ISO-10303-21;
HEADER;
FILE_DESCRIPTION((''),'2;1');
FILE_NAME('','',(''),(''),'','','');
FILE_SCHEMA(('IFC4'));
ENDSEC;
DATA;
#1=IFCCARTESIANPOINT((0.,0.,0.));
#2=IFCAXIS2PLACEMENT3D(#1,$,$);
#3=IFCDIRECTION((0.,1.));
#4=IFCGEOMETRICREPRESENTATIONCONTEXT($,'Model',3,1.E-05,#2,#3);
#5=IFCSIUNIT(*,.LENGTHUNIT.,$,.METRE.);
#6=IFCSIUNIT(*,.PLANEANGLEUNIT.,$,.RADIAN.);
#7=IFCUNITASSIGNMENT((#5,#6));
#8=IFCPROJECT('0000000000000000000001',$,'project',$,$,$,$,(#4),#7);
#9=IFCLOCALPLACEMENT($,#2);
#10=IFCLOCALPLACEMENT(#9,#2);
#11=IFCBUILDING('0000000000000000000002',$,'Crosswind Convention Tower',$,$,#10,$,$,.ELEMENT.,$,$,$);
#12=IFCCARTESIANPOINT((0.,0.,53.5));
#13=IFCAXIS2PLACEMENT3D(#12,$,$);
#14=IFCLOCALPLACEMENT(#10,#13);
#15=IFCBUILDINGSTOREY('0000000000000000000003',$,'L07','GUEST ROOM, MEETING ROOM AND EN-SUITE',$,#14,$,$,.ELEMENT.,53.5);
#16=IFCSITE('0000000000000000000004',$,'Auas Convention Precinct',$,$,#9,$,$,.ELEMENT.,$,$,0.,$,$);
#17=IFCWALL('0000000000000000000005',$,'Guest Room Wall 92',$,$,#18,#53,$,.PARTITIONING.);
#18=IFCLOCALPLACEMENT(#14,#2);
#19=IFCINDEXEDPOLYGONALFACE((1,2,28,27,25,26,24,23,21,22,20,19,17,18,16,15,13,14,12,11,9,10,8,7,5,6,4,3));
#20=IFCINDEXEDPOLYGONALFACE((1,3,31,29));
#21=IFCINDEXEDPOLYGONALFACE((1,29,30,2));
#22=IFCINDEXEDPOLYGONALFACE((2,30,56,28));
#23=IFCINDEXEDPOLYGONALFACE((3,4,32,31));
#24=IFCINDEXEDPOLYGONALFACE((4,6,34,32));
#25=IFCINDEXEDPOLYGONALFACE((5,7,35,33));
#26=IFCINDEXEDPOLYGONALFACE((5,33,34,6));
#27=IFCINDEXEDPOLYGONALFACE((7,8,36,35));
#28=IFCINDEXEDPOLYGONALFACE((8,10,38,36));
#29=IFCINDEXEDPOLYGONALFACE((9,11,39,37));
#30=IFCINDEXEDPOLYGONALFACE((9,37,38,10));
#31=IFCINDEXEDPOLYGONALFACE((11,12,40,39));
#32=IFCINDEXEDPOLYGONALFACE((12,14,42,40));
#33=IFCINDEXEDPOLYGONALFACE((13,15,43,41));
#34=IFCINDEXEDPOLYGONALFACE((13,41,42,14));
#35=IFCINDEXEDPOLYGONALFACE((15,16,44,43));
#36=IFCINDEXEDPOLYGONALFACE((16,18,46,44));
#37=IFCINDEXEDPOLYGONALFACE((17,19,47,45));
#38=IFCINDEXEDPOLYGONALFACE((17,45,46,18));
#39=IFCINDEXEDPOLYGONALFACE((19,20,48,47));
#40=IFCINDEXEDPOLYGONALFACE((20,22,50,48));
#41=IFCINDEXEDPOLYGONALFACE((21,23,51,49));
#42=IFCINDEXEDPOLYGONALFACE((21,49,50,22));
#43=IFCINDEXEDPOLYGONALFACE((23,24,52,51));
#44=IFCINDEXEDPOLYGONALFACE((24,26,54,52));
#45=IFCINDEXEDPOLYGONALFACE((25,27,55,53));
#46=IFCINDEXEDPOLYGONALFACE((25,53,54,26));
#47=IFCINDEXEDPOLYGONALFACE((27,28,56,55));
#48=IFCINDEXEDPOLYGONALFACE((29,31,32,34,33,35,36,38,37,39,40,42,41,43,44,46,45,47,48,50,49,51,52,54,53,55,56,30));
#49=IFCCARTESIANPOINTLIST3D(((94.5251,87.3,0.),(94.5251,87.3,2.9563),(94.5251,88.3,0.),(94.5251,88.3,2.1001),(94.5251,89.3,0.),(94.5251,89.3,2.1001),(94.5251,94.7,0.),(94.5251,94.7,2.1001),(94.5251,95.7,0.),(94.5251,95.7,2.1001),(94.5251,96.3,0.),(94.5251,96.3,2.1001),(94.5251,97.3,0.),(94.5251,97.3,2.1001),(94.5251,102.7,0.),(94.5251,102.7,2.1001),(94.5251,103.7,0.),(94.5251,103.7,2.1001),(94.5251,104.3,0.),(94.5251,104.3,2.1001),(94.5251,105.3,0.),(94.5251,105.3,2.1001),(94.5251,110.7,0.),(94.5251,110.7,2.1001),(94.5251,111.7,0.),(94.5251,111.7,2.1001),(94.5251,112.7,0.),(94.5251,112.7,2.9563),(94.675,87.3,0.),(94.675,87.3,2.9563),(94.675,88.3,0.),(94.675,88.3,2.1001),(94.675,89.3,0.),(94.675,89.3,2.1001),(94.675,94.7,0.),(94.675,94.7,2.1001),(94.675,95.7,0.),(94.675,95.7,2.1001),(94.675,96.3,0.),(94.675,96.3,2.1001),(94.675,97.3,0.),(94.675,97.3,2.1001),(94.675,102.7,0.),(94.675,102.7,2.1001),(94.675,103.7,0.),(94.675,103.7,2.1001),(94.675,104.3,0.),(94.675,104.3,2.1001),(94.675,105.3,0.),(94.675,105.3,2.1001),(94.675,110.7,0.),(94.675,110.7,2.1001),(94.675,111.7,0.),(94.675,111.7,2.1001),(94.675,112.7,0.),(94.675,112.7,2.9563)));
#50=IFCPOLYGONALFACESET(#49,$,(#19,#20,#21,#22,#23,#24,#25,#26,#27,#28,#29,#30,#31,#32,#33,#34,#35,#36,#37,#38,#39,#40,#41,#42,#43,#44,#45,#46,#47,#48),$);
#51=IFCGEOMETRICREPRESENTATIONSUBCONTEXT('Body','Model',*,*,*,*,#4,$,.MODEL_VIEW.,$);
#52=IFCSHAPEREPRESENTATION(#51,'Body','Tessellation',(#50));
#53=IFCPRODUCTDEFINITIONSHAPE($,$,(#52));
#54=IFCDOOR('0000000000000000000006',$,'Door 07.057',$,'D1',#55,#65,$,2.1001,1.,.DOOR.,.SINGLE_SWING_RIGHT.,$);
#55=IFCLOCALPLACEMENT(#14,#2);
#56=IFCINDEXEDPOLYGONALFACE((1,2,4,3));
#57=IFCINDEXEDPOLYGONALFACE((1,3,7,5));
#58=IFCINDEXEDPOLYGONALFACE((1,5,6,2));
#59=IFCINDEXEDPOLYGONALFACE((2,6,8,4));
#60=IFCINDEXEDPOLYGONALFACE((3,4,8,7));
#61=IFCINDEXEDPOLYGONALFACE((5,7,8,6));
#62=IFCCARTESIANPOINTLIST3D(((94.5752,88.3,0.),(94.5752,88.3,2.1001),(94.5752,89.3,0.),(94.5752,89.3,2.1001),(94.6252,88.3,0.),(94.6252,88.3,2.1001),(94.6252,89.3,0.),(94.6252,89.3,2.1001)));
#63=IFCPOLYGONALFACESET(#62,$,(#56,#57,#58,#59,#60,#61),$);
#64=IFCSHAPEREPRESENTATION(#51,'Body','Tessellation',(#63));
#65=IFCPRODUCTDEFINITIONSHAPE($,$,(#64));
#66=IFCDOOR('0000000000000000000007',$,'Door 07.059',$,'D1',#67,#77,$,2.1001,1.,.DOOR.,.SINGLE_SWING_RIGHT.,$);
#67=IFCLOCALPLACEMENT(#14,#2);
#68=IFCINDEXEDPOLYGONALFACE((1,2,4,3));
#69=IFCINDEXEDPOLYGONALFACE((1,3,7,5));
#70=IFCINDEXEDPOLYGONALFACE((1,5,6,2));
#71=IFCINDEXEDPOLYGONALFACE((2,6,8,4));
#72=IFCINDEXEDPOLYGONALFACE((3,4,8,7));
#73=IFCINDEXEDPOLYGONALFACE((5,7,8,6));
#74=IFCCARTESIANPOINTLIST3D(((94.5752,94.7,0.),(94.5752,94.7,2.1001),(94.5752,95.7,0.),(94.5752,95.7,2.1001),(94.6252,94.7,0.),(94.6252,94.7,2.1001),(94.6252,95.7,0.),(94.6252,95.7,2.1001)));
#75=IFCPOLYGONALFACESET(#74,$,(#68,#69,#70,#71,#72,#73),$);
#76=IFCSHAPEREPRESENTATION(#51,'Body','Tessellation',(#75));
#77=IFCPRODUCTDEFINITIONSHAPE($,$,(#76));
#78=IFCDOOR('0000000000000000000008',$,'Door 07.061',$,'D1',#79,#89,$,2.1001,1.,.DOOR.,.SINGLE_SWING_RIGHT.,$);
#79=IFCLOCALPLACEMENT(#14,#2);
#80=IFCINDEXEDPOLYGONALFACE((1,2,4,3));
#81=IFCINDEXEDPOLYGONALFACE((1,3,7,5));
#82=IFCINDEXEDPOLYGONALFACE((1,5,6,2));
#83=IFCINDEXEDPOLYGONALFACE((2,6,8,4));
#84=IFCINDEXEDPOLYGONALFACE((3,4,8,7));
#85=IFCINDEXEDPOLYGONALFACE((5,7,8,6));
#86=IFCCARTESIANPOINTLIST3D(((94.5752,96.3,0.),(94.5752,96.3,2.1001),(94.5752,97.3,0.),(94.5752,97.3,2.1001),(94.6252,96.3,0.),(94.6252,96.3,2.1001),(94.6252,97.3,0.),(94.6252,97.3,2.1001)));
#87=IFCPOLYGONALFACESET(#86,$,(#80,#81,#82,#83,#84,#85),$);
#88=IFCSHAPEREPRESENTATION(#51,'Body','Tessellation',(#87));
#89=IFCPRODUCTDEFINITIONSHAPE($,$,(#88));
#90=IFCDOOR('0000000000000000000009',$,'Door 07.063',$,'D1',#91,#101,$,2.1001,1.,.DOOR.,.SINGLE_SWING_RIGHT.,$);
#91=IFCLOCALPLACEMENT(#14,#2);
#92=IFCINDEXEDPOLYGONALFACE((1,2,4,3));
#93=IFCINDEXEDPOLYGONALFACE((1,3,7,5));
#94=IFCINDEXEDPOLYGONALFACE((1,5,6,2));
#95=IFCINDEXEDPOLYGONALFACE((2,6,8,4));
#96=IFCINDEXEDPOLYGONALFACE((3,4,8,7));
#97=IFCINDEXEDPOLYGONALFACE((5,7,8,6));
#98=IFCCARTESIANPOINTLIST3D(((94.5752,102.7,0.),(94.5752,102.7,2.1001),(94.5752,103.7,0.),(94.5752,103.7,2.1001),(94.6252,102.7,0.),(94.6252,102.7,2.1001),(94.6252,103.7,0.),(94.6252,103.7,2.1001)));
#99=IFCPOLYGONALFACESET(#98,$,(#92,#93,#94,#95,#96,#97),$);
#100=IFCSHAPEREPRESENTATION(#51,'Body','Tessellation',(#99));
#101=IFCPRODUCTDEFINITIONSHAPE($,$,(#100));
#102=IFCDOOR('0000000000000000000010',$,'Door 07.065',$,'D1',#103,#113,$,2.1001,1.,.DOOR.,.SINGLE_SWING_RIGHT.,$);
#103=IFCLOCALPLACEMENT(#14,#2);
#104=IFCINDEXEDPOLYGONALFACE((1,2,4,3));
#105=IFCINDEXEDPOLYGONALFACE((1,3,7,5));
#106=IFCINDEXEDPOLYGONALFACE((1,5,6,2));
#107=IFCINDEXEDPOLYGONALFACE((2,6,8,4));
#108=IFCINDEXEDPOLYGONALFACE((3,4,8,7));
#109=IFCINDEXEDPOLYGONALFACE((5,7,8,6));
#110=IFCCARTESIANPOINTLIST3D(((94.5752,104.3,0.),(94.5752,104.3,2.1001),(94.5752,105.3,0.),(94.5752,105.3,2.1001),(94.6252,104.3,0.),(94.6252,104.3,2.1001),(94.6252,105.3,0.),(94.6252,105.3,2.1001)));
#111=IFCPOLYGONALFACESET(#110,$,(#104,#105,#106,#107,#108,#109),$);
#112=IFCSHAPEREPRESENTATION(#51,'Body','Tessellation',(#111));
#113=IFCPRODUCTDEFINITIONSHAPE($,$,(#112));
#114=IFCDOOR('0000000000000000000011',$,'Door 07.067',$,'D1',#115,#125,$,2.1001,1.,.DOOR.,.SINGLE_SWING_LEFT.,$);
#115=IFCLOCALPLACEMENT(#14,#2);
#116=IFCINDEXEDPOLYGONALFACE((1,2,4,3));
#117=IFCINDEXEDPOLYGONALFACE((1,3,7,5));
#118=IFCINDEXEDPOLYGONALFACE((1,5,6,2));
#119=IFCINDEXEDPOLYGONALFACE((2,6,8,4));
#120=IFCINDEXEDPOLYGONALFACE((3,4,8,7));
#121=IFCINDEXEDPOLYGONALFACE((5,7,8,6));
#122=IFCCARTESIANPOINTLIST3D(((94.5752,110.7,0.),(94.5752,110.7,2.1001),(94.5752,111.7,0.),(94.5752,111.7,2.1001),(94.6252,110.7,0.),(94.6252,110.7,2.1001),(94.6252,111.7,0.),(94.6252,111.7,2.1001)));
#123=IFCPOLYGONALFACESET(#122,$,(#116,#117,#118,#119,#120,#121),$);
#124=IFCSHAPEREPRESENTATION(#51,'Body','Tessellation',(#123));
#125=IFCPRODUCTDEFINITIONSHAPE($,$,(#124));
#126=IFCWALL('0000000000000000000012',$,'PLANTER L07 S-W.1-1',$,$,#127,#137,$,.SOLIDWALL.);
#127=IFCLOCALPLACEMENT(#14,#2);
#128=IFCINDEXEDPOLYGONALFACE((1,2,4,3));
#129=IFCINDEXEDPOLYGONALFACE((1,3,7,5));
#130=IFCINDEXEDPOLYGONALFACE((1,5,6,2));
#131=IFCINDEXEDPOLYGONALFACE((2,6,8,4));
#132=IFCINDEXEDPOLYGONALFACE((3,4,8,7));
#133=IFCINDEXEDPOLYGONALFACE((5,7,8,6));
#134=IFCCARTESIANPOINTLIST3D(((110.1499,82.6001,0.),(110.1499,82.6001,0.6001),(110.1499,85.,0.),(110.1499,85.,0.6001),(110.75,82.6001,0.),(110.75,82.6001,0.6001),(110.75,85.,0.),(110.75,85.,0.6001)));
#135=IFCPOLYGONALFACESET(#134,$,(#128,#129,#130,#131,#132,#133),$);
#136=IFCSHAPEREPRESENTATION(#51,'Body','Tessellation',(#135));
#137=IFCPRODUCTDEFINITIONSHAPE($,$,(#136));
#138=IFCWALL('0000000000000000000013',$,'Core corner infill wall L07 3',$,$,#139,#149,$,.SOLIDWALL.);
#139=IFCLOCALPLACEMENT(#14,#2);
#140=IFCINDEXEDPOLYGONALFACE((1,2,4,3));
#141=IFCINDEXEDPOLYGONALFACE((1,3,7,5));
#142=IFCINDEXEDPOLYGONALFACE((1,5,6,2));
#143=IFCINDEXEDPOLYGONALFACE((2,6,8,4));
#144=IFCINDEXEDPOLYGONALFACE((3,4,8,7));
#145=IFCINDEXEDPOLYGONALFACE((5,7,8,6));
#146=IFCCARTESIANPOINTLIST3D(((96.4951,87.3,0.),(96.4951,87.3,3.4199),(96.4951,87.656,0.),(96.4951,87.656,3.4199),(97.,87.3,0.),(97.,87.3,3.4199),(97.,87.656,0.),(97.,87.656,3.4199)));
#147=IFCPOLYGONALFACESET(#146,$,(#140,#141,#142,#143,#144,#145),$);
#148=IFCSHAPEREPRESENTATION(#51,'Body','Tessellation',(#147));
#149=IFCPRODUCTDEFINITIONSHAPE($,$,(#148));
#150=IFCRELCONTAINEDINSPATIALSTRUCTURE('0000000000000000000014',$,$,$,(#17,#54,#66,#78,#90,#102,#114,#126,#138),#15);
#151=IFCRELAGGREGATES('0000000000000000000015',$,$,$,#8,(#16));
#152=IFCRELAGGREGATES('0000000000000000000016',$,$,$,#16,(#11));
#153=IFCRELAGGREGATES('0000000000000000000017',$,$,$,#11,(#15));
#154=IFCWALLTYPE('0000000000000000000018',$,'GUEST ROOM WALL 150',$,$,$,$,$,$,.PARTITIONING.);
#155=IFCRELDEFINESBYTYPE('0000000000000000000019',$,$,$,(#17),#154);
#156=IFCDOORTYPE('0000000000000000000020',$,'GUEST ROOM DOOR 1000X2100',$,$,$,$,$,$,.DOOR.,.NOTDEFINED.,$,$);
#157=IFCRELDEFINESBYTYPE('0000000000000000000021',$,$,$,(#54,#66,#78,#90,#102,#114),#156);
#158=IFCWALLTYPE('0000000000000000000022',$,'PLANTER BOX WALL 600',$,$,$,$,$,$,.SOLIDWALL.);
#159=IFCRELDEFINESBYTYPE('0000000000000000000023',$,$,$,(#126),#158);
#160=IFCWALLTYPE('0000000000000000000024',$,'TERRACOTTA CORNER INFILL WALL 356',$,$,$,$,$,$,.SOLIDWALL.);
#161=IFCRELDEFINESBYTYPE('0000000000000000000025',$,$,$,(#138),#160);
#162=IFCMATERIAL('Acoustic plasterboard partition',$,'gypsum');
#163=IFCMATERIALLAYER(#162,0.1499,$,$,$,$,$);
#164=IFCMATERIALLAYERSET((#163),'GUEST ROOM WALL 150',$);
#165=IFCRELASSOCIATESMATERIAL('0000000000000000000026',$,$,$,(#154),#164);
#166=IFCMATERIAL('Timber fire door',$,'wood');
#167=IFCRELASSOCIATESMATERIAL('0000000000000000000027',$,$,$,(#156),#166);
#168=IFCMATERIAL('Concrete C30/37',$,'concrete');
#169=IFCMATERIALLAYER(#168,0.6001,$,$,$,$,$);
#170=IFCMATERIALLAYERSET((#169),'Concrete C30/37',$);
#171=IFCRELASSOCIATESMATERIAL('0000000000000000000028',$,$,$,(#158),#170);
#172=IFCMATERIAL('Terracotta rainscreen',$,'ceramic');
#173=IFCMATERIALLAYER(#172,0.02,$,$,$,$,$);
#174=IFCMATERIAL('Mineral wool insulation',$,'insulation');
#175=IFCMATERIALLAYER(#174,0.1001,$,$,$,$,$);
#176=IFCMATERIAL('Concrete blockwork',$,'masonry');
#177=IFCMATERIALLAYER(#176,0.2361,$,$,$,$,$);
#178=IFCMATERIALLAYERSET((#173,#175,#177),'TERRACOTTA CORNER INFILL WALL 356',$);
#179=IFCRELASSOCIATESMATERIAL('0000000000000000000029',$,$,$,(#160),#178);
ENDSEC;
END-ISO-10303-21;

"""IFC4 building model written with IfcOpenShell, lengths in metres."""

from ifc_helpers import new_model, si_unit, direction, frame, frame_2d, origin, place, context, subcontext, project, spatial, rectangle, extrude, material, layer, layer_set, type_object, element, fill, save


model = new_model("IFC4")

# Units and contexts
model_context = context("Model", 3, precision=1e-05, world=origin(), true_north=direction((0.0, 1.0)))
body_context = subcontext(model_context, "Body", "Model", "MODEL_VIEW")
ifc_project = project(units=[si_unit("LENGTHUNIT", "METRE"), si_unit("PLANEANGLEUNIT", "RADIAN")], contexts=[model_context])

# Site, building, storey
site_placement = place(None, origin())
site = spatial("IfcSite", under=ifc_project, at=site_placement, Name="Auas Convention Precinct", CompositionType="ELEMENT", RefElevation=0.0)
building_placement = place(site_placement, origin())
building = spatial("IfcBuilding", under=site, at=building_placement, Name="Crosswind Convention Tower", CompositionType="ELEMENT")
storey_placement = place(building_placement, frame((0.0, 0.0, 53.5)))
storey = spatial("IfcBuildingStorey", under=building, at=storey_placement, Name="L07", Description="GUEST ROOM, MEETING ROOM AND EN-SUITE", CompositionType="ELEMENT", Elevation=53.5)

# Wall, openings, doors
ifc_material_1 = material(Name="Acoustic plasterboard partition", Category="gypsum")
ifc_layer_1 = layer(ifc_material_1, 0.1499)
ifc_layer_set_1 = layer_set([ifc_layer_1], Name="GUEST ROOM WALL 150")
wall_type_1 = type_object("IfcWallType", Name="GUEST ROOM WALL 150", PredefinedType="PARTITIONING", material=ifc_layer_set_1)
wall_1_placement = place(storey_placement, frame((94.6001, 87.3, 0.0), z_axis=(0.0, 0.0, 1.0), x_axis=(0.0, 1.0, 0.0)))
wall_1 = element("IfcWall", 1, at=wall_1_placement, inside=storey, type_object=wall_type_1, Name="Guest Room Wall 92", PredefinedType="PARTITIONING", context=body_context, shape_type="SweptSolid", body=[
    extrude(rectangle(XDim=25.3999, YDim=0.1499, at=frame_2d((12.7, 0.0))), origin(), (0.0, 0.0, 1.0), 2.9563),
])
opening_1_placement = place(wall_1_placement, frame((1.0, 0.0, 0.0)))
opening_1 = element("IfcOpeningElement", 2, at=opening_1_placement, cuts=wall_1, PredefinedType="OPENING", context=body_context, shape_type="SweptSolid", body=[
    extrude(rectangle(XDim=1.0, YDim=2.1001, at=frame_2d((0.5, 1.05))), frame((0.0, 0.085, 0.0), z_axis=(0.0, -1.0, 0.0), x_axis=(1.0, 0.0, 0.0)), (0.0, 0.0, 1.0), 0.1699),
])
opening_2_placement = place(wall_1_placement, frame((7.3999, 0.0, 0.0)))
opening_2 = element("IfcOpeningElement", 3, at=opening_2_placement, cuts=wall_1, PredefinedType="OPENING", context=body_context, shape_type="SweptSolid", body=[
    extrude(rectangle(XDim=1.0, YDim=2.1001, at=frame_2d((0.5, 1.05))), frame((0.0, 0.085, 0.0), z_axis=(0.0, -1.0, 0.0), x_axis=(1.0, 0.0, 0.0)), (0.0, 0.0, 1.0), 0.1699),
])
opening_3_placement = place(wall_1_placement, frame((9.0, 0.0, 0.0)))
opening_3 = element("IfcOpeningElement", 4, at=opening_3_placement, cuts=wall_1, PredefinedType="OPENING", context=body_context, shape_type="SweptSolid", body=[
    extrude(rectangle(XDim=1.0, YDim=2.1001, at=frame_2d((0.5, 1.05))), frame((0.0, 0.085, 0.0), z_axis=(0.0, -1.0, 0.0), x_axis=(1.0, 0.0, 0.0)), (0.0, 0.0, 1.0), 0.1699),
])
opening_4_placement = place(wall_1_placement, frame((15.3999, 0.0, 0.0)))
opening_4 = element("IfcOpeningElement", 5, at=opening_4_placement, cuts=wall_1, PredefinedType="OPENING", context=body_context, shape_type="SweptSolid", body=[
    extrude(rectangle(XDim=1.0, YDim=2.1001, at=frame_2d((0.5, 1.05))), frame((0.0, 0.085, 0.0), z_axis=(0.0, -1.0, 0.0), x_axis=(1.0, 0.0, 0.0)), (0.0, 0.0, 1.0), 0.1699),
])
opening_5_placement = place(wall_1_placement, frame((17.0, 0.0, 0.0)))
opening_5 = element("IfcOpeningElement", 6, at=opening_5_placement, cuts=wall_1, PredefinedType="OPENING", context=body_context, shape_type="SweptSolid", body=[
    extrude(rectangle(XDim=1.0, YDim=2.1001, at=frame_2d((0.5, 1.05))), frame((0.0, 0.085, 0.0), z_axis=(0.0, -1.0, 0.0), x_axis=(1.0, 0.0, 0.0)), (0.0, 0.0, 1.0), 0.1699),
])
opening_6_placement = place(wall_1_placement, frame((23.3999, 0.0, 0.0)))
opening_6 = element("IfcOpeningElement", 7, at=opening_6_placement, cuts=wall_1, PredefinedType="OPENING", context=body_context, shape_type="SweptSolid", body=[
    extrude(rectangle(XDim=1.0, YDim=2.1001, at=frame_2d((0.5, 1.05))), frame((0.0, 0.085, 0.0), z_axis=(0.0, -1.0, 0.0), x_axis=(1.0, 0.0, 0.0)), (0.0, 0.0, 1.0), 0.1699),
])
ifc_material_2 = material(Name="Timber fire door", Category="wood")
door_type_1 = type_object("IfcDoorType", Name="GUEST ROOM DOOR 1000X2100", OperationType="NOTDEFINED", PredefinedType="DOOR", material=ifc_material_2)
door_1_placement = place(opening_1_placement, origin())
door_1 = element("IfcDoor", 8, at=door_1_placement, inside=storey, type_object=door_type_1, Name="Door 07.057", ObjectType="D1", OperationType="SINGLE_SWING_RIGHT", OverallHeight=2.1001, OverallWidth=1.0, PredefinedType="DOOR", context=body_context, shape_type="SweptSolid", body=[
    extrude(rectangle(XDim=1.0, YDim=2.1001, at=frame_2d((0.5, 1.05))), frame((0.0, 0.0249, 0.0), z_axis=(0.0, -1.0, 0.0), x_axis=(1.0, 0.0, 0.0)), (0.0, 0.0, 1.0), 0.05),
])
fill(opening_1, door_1)
door_2_placement = place(opening_2_placement, origin())
door_2 = element("IfcDoor", 9, at=door_2_placement, inside=storey, type_object=door_type_1, Name="Door 07.059", ObjectType="D1", OperationType="SINGLE_SWING_RIGHT", OverallHeight=2.1001, OverallWidth=1.0, PredefinedType="DOOR", context=body_context, shape_type="SweptSolid", body=[
    extrude(rectangle(XDim=1.0, YDim=2.1001, at=frame_2d((0.5, 1.05))), frame((0.0, 0.0249, 0.0), z_axis=(0.0, -1.0, 0.0), x_axis=(1.0, 0.0, 0.0)), (0.0, 0.0, 1.0), 0.05),
])
fill(opening_2, door_2)
door_3_placement = place(opening_3_placement, origin())
door_3 = element("IfcDoor", 10, at=door_3_placement, inside=storey, type_object=door_type_1, Name="Door 07.061", ObjectType="D1", OperationType="SINGLE_SWING_RIGHT", OverallHeight=2.1001, OverallWidth=1.0, PredefinedType="DOOR", context=body_context, shape_type="SweptSolid", body=[
    extrude(rectangle(XDim=1.0, YDim=2.1001, at=frame_2d((0.5, 1.05))), frame((0.0, 0.0249, 0.0), z_axis=(0.0, -1.0, 0.0), x_axis=(1.0, 0.0, 0.0)), (0.0, 0.0, 1.0), 0.05),
])
fill(opening_3, door_3)
door_4_placement = place(opening_4_placement, origin())
door_4 = element("IfcDoor", 11, at=door_4_placement, inside=storey, type_object=door_type_1, Name="Door 07.063", ObjectType="D1", OperationType="SINGLE_SWING_RIGHT", OverallHeight=2.1001, OverallWidth=1.0, PredefinedType="DOOR", context=body_context, shape_type="SweptSolid", body=[
    extrude(rectangle(XDim=1.0, YDim=2.1001, at=frame_2d((0.5, 1.05))), frame((0.0, 0.0249, 0.0), z_axis=(0.0, -1.0, 0.0), x_axis=(1.0, 0.0, 0.0)), (0.0, 0.0, 1.0), 0.05),
])
fill(opening_4, door_4)
door_5_placement = place(opening_5_placement, origin())
door_5 = element("IfcDoor", 12, at=door_5_placement, inside=storey, type_object=door_type_1, Name="Door 07.065", ObjectType="D1", OperationType="SINGLE_SWING_RIGHT", OverallHeight=2.1001, OverallWidth=1.0, PredefinedType="DOOR", context=body_context, shape_type="SweptSolid", body=[
    extrude(rectangle(XDim=1.0, YDim=2.1001, at=frame_2d((0.5, 1.05))), frame((0.0, 0.0249, 0.0), z_axis=(0.0, -1.0, 0.0), x_axis=(1.0, 0.0, 0.0)), (0.0, 0.0, 1.0), 0.05),
])
fill(opening_5, door_5)
door_6_placement = place(opening_6_placement, origin())
door_6 = element("IfcDoor", 13, at=door_6_placement, inside=storey, type_object=door_type_1, Name="Door 07.067", ObjectType="D1", OperationType="SINGLE_SWING_LEFT", OverallHeight=2.1001, OverallWidth=1.0, PredefinedType="DOOR", context=body_context, shape_type="SweptSolid", body=[
    extrude(rectangle(XDim=1.0, YDim=2.1001, at=frame_2d((0.5, 1.05))), frame((0.0, 0.0249, 0.0), z_axis=(0.0, -1.0, 0.0), x_axis=(1.0, 0.0, 0.0)), (0.0, 0.0, 1.0), 0.05),
])
fill(opening_6, door_6)

# Walls
ifc_material_3 = material(Name="Concrete C30/37", Category="concrete")
ifc_layer_2 = layer(ifc_material_3, 0.6001)
ifc_layer_set_2 = layer_set([ifc_layer_2], Name="Concrete C30/37")
wall_type_2 = type_object("IfcWallType", Name="PLANTER BOX WALL 600", PredefinedType="SOLIDWALL", material=ifc_layer_set_2)
wall_2_placement = place(storey_placement, frame((110.45, 85.0, 0.0), z_axis=(0.0, 0.0, 1.0), x_axis=(0.0, -1.0, 0.0)))
element("IfcWall", 14, at=wall_2_placement, inside=storey, type_object=wall_type_2, Name="PLANTER L07 S-W.1-1", PredefinedType="SOLIDWALL", context=body_context, shape_type="SweptSolid", body=[
    extrude(rectangle(XDim=2.3999, YDim=0.6001, at=frame_2d((1.2, 0.0))), origin(), (0.0, 0.0, 1.0), 0.6001),
])
ifc_material_4 = material(Name="Terracotta rainscreen", Category="ceramic")
ifc_layer_3 = layer(ifc_material_4, 0.02)
ifc_material_5 = material(Name="Mineral wool insulation", Category="insulation")
ifc_layer_4 = layer(ifc_material_5, 0.1001)
ifc_material_6 = material(Name="Concrete blockwork", Category="masonry")
ifc_layer_5 = layer(ifc_material_6, 0.2361)
ifc_layer_set_3 = layer_set([ifc_layer_3, ifc_layer_4, ifc_layer_5], Name="TERRACOTTA CORNER INFILL WALL 356")
wall_type_3 = type_object("IfcWallType", Name="TERRACOTTA CORNER INFILL WALL 356", PredefinedType="SOLIDWALL", material=ifc_layer_set_3)
wall_3_placement = place(storey_placement, frame((96.4951, 87.478, 0.0), z_axis=(0.0, 0.0, 1.0), x_axis=(1.0, 0.0, 0.0)))
element("IfcWall", 15, at=wall_3_placement, inside=storey, type_object=wall_type_3, Name="Core corner infill wall L07 3", PredefinedType="SOLIDWALL", context=body_context, shape_type="SweptSolid", body=[
    extrude(rectangle(XDim=0.5049, YDim=0.356, at=frame_2d((0.2524, 0.0))), origin(), (0.0, 0.0, 1.0), 3.4199),
])

save(model, "model.ifc")
